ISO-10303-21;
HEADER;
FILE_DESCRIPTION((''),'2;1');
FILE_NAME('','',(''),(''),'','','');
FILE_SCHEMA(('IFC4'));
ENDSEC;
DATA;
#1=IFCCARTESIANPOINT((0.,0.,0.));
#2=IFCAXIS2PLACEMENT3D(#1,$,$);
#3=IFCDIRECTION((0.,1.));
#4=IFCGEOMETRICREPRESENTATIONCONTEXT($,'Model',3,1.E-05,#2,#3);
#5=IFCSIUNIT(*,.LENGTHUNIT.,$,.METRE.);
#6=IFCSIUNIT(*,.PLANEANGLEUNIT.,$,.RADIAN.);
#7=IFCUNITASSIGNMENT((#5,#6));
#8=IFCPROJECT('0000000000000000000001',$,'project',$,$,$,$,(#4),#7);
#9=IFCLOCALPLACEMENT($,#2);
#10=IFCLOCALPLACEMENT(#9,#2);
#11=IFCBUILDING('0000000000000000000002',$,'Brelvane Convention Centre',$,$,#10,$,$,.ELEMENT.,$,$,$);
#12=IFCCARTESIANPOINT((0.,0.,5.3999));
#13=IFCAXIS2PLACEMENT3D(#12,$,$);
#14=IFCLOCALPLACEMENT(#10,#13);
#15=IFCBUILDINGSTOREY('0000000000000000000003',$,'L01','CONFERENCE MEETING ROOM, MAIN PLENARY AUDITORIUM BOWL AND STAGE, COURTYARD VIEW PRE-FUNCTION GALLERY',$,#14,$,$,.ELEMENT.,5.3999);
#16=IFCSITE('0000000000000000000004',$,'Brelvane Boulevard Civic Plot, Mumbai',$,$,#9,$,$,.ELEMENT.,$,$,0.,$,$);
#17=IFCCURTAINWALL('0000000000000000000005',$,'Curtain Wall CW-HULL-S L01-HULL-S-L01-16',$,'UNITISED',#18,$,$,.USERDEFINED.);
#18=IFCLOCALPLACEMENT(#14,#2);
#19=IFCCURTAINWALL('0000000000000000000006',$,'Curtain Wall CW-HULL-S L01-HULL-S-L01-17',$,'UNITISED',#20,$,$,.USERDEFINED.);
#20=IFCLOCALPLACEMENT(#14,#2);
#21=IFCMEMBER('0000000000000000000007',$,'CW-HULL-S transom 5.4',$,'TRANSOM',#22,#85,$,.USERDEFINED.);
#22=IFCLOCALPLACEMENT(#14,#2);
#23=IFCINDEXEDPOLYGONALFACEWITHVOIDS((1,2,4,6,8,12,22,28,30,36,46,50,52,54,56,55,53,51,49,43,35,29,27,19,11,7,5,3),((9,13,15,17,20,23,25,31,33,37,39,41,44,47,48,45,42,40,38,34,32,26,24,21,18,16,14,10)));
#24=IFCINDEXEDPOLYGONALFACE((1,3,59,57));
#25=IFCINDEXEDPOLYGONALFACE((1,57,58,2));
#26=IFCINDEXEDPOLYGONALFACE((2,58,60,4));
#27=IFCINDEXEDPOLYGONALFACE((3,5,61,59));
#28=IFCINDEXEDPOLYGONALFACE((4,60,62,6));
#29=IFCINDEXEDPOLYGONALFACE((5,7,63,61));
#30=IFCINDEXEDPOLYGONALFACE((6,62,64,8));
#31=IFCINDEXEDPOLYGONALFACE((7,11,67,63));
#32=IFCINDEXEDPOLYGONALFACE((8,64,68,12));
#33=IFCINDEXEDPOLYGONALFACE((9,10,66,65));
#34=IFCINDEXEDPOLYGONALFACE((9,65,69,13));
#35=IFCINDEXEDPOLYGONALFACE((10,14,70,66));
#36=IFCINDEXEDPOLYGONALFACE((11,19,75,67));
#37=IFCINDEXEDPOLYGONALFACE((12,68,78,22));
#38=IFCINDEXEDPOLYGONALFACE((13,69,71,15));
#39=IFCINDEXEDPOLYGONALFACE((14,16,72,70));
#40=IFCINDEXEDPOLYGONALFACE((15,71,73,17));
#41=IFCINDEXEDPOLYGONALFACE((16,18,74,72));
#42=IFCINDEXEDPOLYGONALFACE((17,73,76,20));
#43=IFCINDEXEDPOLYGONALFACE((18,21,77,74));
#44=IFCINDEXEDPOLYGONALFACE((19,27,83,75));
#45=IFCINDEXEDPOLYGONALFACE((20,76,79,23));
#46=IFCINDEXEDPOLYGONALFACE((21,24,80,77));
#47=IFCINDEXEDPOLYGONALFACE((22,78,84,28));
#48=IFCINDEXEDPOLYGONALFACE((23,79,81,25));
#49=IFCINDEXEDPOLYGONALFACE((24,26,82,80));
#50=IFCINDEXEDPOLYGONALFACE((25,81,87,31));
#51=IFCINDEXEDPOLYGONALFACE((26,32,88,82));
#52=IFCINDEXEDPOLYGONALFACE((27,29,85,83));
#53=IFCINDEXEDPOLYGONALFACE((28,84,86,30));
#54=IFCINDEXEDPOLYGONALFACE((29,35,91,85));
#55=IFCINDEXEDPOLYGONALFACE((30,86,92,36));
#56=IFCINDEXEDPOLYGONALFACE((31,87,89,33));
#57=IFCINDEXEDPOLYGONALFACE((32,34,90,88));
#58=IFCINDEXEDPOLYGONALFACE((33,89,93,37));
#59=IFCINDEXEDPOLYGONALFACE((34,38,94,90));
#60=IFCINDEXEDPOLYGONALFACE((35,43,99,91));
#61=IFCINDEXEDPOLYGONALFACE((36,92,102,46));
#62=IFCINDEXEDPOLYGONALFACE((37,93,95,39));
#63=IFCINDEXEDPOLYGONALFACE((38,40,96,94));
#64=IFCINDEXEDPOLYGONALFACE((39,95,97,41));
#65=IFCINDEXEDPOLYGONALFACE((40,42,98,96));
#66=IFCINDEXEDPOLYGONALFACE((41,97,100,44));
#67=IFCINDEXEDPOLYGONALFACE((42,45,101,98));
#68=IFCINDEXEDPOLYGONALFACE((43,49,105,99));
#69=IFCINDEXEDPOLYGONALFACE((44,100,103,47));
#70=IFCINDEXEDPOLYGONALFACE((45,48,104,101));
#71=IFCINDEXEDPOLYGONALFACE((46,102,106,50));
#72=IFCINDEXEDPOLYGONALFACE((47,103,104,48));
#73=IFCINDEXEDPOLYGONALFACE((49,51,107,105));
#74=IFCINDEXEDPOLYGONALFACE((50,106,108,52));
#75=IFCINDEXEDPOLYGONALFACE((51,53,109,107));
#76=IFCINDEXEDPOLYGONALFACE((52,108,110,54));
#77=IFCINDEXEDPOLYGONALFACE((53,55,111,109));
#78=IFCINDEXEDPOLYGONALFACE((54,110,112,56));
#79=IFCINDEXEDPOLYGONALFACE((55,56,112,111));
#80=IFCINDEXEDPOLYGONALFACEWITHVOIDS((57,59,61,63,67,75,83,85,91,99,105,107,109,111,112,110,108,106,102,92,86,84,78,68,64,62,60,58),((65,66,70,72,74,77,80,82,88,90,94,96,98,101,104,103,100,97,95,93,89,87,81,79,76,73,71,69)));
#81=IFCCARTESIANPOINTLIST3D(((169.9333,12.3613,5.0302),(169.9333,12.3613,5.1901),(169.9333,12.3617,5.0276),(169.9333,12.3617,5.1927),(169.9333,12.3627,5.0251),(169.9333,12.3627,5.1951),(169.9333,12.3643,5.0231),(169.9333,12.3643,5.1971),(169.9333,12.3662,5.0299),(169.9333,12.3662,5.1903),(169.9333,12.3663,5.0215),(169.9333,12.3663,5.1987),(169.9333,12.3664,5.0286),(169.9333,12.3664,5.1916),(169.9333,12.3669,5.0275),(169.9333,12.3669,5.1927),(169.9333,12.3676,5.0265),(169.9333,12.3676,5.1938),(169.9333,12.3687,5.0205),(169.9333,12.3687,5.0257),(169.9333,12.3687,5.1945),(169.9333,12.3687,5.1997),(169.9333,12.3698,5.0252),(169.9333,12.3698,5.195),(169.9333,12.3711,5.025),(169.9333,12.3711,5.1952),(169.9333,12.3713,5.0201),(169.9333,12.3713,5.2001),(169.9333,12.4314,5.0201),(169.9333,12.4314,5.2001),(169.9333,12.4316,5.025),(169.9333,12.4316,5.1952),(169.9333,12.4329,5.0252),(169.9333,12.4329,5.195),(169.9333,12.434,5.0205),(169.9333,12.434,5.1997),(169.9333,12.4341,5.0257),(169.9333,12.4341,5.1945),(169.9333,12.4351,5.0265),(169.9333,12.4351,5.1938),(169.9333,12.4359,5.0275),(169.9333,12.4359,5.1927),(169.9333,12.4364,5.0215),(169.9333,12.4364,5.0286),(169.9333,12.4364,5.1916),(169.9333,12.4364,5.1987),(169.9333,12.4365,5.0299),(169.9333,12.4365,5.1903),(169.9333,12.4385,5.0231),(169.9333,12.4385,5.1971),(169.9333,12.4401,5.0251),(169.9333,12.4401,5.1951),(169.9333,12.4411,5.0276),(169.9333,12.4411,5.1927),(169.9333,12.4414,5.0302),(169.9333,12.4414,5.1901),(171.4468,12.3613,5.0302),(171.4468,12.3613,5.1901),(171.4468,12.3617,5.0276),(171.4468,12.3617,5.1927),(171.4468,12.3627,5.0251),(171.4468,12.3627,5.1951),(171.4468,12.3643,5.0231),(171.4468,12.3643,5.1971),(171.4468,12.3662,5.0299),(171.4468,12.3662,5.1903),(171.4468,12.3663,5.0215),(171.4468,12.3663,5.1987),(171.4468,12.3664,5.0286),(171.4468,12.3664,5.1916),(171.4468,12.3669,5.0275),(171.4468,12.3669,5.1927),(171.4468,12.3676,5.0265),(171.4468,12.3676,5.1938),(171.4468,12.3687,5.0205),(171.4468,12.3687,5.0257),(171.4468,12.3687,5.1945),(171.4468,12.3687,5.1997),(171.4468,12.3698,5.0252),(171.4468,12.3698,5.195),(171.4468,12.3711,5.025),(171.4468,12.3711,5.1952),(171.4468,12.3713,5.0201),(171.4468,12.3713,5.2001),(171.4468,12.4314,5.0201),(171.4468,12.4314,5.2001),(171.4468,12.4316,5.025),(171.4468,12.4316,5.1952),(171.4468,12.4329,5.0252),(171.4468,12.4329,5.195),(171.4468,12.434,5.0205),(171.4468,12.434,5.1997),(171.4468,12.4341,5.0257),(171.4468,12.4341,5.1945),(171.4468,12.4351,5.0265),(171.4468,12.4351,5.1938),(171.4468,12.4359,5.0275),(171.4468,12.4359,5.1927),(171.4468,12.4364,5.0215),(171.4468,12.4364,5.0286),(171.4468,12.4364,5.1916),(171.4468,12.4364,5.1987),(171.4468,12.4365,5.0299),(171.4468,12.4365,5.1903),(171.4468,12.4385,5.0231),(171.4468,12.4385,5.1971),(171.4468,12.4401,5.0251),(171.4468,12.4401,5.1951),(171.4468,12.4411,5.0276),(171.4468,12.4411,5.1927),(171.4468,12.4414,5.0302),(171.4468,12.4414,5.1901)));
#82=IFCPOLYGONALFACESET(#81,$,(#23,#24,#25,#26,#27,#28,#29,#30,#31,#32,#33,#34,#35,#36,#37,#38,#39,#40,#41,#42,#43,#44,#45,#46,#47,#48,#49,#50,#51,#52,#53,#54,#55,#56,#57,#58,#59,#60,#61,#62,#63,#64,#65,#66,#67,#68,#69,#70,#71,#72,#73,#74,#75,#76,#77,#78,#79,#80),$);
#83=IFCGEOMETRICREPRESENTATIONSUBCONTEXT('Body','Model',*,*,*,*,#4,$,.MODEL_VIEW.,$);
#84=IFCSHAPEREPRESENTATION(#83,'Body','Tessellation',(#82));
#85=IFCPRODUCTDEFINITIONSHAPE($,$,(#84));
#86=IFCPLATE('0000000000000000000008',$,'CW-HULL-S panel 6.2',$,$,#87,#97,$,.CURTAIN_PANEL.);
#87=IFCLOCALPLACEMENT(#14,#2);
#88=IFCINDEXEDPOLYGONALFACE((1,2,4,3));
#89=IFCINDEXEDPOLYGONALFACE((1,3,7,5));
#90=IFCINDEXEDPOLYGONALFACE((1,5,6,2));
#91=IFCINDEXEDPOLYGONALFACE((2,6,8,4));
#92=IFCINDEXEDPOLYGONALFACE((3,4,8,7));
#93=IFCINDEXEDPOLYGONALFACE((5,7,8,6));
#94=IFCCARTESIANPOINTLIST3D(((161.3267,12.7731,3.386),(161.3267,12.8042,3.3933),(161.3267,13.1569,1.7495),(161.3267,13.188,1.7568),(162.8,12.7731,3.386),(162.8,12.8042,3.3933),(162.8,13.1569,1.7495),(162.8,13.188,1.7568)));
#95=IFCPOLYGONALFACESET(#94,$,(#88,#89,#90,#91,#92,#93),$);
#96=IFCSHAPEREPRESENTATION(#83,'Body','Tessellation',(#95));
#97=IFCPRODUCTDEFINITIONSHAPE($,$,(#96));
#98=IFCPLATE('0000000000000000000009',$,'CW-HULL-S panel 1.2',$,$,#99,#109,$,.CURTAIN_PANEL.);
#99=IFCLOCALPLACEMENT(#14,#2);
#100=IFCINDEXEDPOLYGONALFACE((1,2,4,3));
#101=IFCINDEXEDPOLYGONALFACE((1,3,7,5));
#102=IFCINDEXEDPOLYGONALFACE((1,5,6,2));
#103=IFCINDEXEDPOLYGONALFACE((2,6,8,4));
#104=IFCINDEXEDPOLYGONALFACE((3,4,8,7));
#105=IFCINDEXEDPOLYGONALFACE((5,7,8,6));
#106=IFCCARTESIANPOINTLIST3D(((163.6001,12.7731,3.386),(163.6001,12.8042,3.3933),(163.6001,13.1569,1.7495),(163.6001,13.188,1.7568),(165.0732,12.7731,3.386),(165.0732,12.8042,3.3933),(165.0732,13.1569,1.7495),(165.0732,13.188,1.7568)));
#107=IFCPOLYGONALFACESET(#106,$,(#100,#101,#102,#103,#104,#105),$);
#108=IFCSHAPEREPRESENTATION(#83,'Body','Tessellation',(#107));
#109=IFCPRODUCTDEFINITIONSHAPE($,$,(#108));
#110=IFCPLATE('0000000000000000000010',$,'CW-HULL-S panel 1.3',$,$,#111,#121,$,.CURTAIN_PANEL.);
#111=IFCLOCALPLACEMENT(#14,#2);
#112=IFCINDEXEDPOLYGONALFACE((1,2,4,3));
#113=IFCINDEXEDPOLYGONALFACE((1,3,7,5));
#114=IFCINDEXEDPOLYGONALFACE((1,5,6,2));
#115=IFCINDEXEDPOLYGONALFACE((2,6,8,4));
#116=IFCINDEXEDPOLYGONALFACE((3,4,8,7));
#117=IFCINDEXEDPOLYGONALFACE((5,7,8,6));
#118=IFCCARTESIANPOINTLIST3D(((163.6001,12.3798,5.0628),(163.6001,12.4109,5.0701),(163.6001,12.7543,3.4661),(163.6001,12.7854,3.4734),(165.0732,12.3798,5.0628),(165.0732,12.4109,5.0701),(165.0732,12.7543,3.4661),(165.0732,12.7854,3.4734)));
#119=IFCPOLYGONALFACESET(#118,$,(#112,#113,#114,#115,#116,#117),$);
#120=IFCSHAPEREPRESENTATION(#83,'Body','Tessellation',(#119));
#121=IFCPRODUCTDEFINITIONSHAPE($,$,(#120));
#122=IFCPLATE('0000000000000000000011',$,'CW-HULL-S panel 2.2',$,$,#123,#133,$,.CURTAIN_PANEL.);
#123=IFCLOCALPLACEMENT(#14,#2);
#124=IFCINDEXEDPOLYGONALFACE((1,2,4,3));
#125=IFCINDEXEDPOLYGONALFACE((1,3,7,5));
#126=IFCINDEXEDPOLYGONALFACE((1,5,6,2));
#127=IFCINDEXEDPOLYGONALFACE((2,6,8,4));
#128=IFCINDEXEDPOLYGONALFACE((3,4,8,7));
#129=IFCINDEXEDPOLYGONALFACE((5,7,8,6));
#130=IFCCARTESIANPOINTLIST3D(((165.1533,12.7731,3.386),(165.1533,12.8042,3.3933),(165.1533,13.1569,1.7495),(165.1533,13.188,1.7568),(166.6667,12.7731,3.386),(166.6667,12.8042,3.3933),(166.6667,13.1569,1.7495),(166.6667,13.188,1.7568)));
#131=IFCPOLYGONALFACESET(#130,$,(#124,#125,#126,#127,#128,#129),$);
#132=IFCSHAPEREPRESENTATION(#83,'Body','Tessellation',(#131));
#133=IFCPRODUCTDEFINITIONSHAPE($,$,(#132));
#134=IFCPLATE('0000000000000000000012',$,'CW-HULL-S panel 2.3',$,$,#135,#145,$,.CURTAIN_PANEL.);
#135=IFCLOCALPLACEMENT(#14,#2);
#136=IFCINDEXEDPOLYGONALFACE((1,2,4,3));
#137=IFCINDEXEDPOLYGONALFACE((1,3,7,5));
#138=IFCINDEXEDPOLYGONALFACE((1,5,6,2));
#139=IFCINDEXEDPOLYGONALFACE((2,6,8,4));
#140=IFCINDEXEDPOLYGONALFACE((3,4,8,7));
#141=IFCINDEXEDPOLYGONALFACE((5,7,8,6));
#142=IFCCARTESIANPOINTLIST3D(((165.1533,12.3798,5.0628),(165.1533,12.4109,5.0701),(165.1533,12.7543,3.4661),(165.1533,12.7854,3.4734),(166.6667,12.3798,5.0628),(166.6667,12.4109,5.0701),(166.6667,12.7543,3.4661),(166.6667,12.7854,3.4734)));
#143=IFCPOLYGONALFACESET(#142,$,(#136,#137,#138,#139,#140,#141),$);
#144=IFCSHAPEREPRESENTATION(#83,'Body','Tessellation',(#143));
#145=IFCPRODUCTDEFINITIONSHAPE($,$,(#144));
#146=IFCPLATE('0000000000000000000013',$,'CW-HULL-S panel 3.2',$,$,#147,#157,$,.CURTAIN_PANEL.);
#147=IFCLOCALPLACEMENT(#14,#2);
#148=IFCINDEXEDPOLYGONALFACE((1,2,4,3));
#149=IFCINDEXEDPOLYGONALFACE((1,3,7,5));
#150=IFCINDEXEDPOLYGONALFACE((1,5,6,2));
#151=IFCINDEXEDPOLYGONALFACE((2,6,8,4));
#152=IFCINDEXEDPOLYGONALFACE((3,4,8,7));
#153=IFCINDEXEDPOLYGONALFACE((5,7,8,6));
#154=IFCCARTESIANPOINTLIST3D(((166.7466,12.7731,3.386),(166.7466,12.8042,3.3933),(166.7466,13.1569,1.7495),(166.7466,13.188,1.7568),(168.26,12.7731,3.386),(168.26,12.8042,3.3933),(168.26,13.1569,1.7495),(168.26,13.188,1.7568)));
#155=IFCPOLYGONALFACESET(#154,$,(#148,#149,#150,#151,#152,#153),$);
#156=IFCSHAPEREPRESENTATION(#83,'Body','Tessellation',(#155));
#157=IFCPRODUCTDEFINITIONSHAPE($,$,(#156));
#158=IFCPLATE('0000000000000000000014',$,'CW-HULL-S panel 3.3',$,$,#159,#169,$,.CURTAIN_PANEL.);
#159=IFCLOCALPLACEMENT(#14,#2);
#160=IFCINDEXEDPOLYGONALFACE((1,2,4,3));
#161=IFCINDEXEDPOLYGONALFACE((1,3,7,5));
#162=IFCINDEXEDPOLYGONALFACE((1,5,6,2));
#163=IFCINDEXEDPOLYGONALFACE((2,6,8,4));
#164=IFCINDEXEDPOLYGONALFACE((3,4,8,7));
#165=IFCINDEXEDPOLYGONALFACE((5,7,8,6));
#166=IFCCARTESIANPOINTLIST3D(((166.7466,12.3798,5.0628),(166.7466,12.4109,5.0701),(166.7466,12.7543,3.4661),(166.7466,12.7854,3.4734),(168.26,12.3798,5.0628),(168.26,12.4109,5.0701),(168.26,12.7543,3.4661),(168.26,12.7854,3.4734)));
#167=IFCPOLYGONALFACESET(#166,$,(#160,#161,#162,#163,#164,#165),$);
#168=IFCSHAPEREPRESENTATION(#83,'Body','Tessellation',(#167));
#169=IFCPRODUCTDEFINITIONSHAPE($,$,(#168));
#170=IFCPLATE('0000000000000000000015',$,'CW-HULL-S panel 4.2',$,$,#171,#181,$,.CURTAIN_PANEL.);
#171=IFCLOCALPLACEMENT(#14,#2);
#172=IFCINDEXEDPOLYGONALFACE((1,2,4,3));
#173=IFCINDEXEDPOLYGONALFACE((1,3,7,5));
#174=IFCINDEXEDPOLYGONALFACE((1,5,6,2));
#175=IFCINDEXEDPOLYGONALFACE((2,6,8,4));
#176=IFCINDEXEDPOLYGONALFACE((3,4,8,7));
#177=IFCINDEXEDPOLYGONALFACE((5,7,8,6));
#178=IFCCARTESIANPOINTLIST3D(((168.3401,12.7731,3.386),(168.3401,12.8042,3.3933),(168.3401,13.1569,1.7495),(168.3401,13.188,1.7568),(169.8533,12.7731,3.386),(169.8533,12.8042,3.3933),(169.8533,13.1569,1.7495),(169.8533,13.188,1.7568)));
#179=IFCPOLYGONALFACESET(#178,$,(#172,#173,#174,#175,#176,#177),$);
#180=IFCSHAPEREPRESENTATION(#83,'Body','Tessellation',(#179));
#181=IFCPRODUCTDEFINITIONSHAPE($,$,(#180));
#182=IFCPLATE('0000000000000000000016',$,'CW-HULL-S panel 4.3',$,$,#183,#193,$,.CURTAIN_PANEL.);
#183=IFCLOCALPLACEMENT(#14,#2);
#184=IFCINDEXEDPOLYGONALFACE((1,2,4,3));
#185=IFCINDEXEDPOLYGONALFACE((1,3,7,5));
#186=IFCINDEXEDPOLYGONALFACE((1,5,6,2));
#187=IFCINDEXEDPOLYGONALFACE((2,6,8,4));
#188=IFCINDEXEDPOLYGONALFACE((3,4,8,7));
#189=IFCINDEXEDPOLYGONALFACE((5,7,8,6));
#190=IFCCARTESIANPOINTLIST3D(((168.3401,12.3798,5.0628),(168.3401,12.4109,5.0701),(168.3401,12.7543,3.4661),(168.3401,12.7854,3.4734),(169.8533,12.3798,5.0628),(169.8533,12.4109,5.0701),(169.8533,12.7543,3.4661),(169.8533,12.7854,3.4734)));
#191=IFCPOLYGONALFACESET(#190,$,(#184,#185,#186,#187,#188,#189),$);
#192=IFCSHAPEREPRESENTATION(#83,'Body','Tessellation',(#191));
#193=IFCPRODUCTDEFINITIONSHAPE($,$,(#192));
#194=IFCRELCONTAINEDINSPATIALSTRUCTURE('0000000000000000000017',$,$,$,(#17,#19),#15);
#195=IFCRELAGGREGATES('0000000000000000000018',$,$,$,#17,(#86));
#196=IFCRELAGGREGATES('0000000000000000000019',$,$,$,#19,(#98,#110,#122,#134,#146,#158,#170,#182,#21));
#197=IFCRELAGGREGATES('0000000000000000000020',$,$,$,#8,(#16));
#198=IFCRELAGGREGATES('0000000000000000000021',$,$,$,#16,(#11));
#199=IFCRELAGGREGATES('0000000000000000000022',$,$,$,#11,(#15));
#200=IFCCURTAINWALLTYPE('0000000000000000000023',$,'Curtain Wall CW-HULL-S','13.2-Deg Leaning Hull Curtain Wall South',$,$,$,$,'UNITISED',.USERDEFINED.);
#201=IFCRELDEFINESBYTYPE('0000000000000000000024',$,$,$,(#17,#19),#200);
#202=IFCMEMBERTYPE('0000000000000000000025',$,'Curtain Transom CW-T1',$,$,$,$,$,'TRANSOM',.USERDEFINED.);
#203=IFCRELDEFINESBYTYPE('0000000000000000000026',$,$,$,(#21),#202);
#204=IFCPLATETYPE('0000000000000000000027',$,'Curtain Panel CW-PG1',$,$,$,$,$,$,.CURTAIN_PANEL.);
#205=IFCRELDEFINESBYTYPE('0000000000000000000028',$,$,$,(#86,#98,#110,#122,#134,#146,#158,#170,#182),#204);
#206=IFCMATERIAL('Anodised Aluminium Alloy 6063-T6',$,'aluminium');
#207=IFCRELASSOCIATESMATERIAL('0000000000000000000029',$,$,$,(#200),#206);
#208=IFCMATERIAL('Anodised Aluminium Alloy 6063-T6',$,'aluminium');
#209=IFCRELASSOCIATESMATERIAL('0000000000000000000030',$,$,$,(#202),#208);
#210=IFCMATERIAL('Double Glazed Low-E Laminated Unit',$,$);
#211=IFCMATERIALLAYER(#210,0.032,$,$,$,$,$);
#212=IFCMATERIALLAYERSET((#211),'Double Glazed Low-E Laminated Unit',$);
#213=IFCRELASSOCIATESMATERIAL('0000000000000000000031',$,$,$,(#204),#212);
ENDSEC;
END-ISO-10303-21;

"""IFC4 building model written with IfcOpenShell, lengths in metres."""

from ifc_helpers import new_model, si_unit, direction, frame, origin, origin_2d, place, context, subcontext, project, spatial, polyline, hollow_rectangle, outline, extrude, material, layer, layer_set, material_profile, profile_set, type_object, element, aggregate, save


model = new_model("IFC4")

# Units and contexts
model_context = context("Model", 3, precision=1e-05, world=origin(), true_north=direction((0.0, 1.0)))
body_context = subcontext(model_context, "Body", "Model", "MODEL_VIEW")
ifc_project = project(units=[si_unit("LENGTHUNIT", "METRE"), si_unit("PLANEANGLEUNIT", "RADIAN")], contexts=[model_context])

# Site, building, storey
site_placement = place(None, origin())
site = spatial("IfcSite", under=ifc_project, at=site_placement, Name="Brelvane Boulevard Civic Plot, Mumbai", CompositionType="ELEMENT", RefElevation=0.0)
building_placement = place(site_placement, origin())
building = spatial("IfcBuilding", under=site, at=building_placement, Name="Brelvane Convention Centre", CompositionType="ELEMENT")
storey_placement = place(building_placement, frame((0.0, 0.0, 5.3999)))
storey = spatial("IfcBuildingStorey", under=building, at=storey_placement, Name="L01", Description="CONFERENCE MEETING ROOM, MAIN PLENARY AUDITORIUM BOWL AND STAGE, COURTYARD VIEW PRE-FUNCTION GALLERY", CompositionType="ELEMENT", Elevation=5.3999)

# Curtain walls, member
ifc_material_1 = material(Name="Anodised Aluminium Alloy 6063-T6", Category="aluminium")
curtain_wall_type = type_object("IfcCurtainWallType", Name="Curtain Wall CW-HULL-S", Description="13.2-Deg Leaning Hull Curtain Wall South", ElementType="UNITISED", PredefinedType="USERDEFINED", material=ifc_material_1)
curtain_wall_1_placement = place(storey_placement, origin())
curtain_wall_1 = element("IfcCurtainWall", 1, at=curtain_wall_1_placement, inside=storey, type_object=curtain_wall_type, Name="Curtain Wall CW-HULL-S L01-HULL-S-L01-16", ObjectType="UNITISED", PredefinedType="USERDEFINED")
ifc_material_2 = material(Name="Anodised Aluminium Alloy 6063-T6", Category="aluminium")
ifc_material_profile = material_profile(ifc_material_2, hollow_rectangle(XDim=0.0801, YDim=0.1799, WallThickness=0.0049, InnerFilletRadius=0.0049, OuterFilletRadius=0.01, at=origin_2d()), Name="ALU-T 180x80x5.0")
ifc_profile_set = profile_set([ifc_material_profile], Name="Anodised Aluminium Alloy 6063-T6")
member_type = type_object("IfcMemberType", Name="Curtain Transom CW-T1", ElementType="TRANSOM", PredefinedType="USERDEFINED", material=ifc_profile_set)
curtain_wall_2_placement = place(storey_placement, origin())
curtain_wall_2 = element("IfcCurtainWall", 2, at=curtain_wall_2_placement, inside=storey, type_object=curtain_wall_type, Name="Curtain Wall CW-HULL-S L01-HULL-S-L01-17", ObjectType="UNITISED", PredefinedType="USERDEFINED")
member_1_placement = place(storey_placement, frame((169.9333, 12.4014, 5.1101), z_axis=(1.0, 0.0, 0.0), x_axis=(0.0, 1.0, 0.0)))
member_1 = element("IfcMember", 3, at=member_1_placement, type_object=member_type, Name="CW-HULL-S transom 5.4", ObjectType="TRANSOM", PredefinedType="USERDEFINED", context=body_context, shape_type="SweptSolid", body=[
    extrude(hollow_rectangle(XDim=0.0801, YDim=0.1799, WallThickness=0.0049, InnerFilletRadius=0.0049, OuterFilletRadius=0.01, at=origin_2d()), origin(), (0.0, 0.0, 1.0), 1.5134),
])

# Plates
ifc_material_3 = material(Name="Double Glazed Low-E Laminated Unit")
ifc_layer_1 = layer(ifc_material_3, 0.032)
ifc_layer_set_1 = layer_set([ifc_layer_1], Name="Double Glazed Low-E Laminated Unit")
plate_type_1 = type_object("IfcPlateType", Name="Curtain Panel CW-PG1", PredefinedType="CURTAIN_PANEL", material=ifc_layer_set_1)
plate_1_placement = place(storey_placement, frame((161.3267, 13.188, 1.7568), z_axis=(0.0, 0.973585, 0.228327), x_axis=(1.0, 0.0, 0.0)))
plate_1 = element("IfcPlate", 4, at=plate_1_placement, type_object=plate_type_1, Name="CW-HULL-S panel 6.2", PredefinedType="CURTAIN_PANEL", context=body_context, shape_type="SweptSolid", body=[
    extrude(outline(polyline([(0.0, 0.0), (1.4734, 0.0), (1.4734, -1.6809), (0.0, -1.6809), (0.0, 0.0)])), origin(), (0.0, 0.0, -1.0), 0.032),
])
plate_2_placement = place(storey_placement, frame((163.6001, 13.188, 1.7568), z_axis=(0.0, 0.973585, 0.228327), x_axis=(1.0, 0.0, 0.0)))
plate_2 = element("IfcPlate", 5, at=plate_2_placement, type_object=plate_type_1, Name="CW-HULL-S panel 1.2", PredefinedType="CURTAIN_PANEL", context=body_context, shape_type="SweptSolid", body=[
    extrude(outline(polyline([(0.0, 0.0), (1.4731, 0.0), (1.4731, -1.6809), (0.0, -1.6809), (0.0, 0.0)])), origin(), (0.0, 0.0, -1.0), 0.032),
])
plate_3_placement = place(storey_placement, frame((163.6001, 12.7854, 3.4734), z_axis=(0.0, 0.973577, 0.228359), x_axis=(1.0, 0.0, 0.0)))
plate_3 = element("IfcPlate", 6, at=plate_3_placement, type_object=plate_type_1, Name="CW-HULL-S panel 1.3", PredefinedType="CURTAIN_PANEL", context=body_context, shape_type="SweptSolid", body=[
    extrude(outline(polyline([(0.0, 0.0), (1.4731, 0.0), (1.4731, -1.64), (0.0, -1.64), (0.0, 0.0)])), origin(), (0.0, 0.0, -1.0), 0.032),
])
plate_4_placement = place(storey_placement, frame((165.1533, 13.188, 1.7568), z_axis=(0.0, 0.973585, 0.228327), x_axis=(1.0, 0.0, 0.0)))
plate_4 = element("IfcPlate", 7, at=plate_4_placement, type_object=plate_type_1, Name="CW-HULL-S panel 2.2", PredefinedType="CURTAIN_PANEL", context=body_context, shape_type="SweptSolid", body=[
    extrude(outline(polyline([(0.0, 0.0), (1.5134, 0.0), (1.5134, -1.6809), (0.0, -1.6809), (0.0, 0.0)])), origin(), (0.0, 0.0, -1.0), 0.032),
])
plate_5_placement = place(storey_placement, frame((165.1533, 12.7854, 3.4734), z_axis=(0.0, 0.973577, 0.228359), x_axis=(1.0, 0.0, 0.0)))
plate_5 = element("IfcPlate", 8, at=plate_5_placement, type_object=plate_type_1, Name="CW-HULL-S panel 2.3", PredefinedType="CURTAIN_PANEL", context=body_context, shape_type="SweptSolid", body=[
    extrude(outline(polyline([(0.0, 0.0), (1.5134, 0.0), (1.5134, -1.64), (0.0, -1.64), (0.0, 0.0)])), origin(), (0.0, 0.0, -1.0), 0.032),
])
plate_6_placement = place(storey_placement, frame((166.7466, 13.188, 1.7568), z_axis=(0.0, 0.973585, 0.228327), x_axis=(1.0, 0.0, 0.0)))
plate_6 = element("IfcPlate", 9, at=plate_6_placement, type_object=plate_type_1, Name="CW-HULL-S panel 3.2", PredefinedType="CURTAIN_PANEL", context=body_context, shape_type="SweptSolid", body=[
    extrude(outline(polyline([(0.0, 0.0), (1.5134, 0.0), (1.5134, -1.6809), (0.0, -1.6809), (0.0, 0.0)])), origin(), (0.0, 0.0, -1.0), 0.032),
])
plate_7_placement = place(storey_placement, frame((166.7466, 12.7854, 3.4734), z_axis=(0.0, 0.973577, 0.228359), x_axis=(1.0, 0.0, 0.0)))
plate_7 = element("IfcPlate", 10, at=plate_7_placement, type_object=plate_type_1, Name="CW-HULL-S panel 3.3", PredefinedType="CURTAIN_PANEL", context=body_context, shape_type="SweptSolid", body=[
    extrude(outline(polyline([(0.0, 0.0), (1.5134, 0.0), (1.5134, -1.64), (0.0, -1.64), (0.0, 0.0)])), origin(), (0.0, 0.0, -1.0), 0.032),
])
plate_8_placement = place(storey_placement, frame((168.3401, 13.188, 1.7568), z_axis=(0.0, 0.973585, 0.228327), x_axis=(1.0, 0.0, 0.0)))
plate_8 = element("IfcPlate", 11, at=plate_8_placement, type_object=plate_type_1, Name="CW-HULL-S panel 4.2", PredefinedType="CURTAIN_PANEL", context=body_context, shape_type="SweptSolid", body=[
    extrude(outline(polyline([(0.0, 0.0), (1.5132, 0.0), (1.5132, -1.6809), (0.0, -1.6809), (0.0, 0.0)])), origin(), (0.0, 0.0, -1.0), 0.032),
])
plate_9_placement = place(storey_placement, frame((168.3401, 12.7854, 3.4734), z_axis=(0.0, 0.973577, 0.228359), x_axis=(1.0, 0.0, 0.0)))
plate_9 = element("IfcPlate", 12, at=plate_9_placement, type_object=plate_type_1, Name="CW-HULL-S panel 4.3", PredefinedType="CURTAIN_PANEL", context=body_context, shape_type="SweptSolid", body=[
    extrude(outline(polyline([(0.0, 0.0), (1.5132, 0.0), (1.5132, -1.64), (0.0, -1.64), (0.0, 0.0)])), origin(), (0.0, 0.0, -1.0), 0.032),
])
aggregate(curtain_wall_1, [plate_1])
aggregate(curtain_wall_2, [plate_2, plate_3, plate_4, plate_5, plate_6, plate_7, plate_8, plate_9, member_1])

save(model, "model.ifc")
